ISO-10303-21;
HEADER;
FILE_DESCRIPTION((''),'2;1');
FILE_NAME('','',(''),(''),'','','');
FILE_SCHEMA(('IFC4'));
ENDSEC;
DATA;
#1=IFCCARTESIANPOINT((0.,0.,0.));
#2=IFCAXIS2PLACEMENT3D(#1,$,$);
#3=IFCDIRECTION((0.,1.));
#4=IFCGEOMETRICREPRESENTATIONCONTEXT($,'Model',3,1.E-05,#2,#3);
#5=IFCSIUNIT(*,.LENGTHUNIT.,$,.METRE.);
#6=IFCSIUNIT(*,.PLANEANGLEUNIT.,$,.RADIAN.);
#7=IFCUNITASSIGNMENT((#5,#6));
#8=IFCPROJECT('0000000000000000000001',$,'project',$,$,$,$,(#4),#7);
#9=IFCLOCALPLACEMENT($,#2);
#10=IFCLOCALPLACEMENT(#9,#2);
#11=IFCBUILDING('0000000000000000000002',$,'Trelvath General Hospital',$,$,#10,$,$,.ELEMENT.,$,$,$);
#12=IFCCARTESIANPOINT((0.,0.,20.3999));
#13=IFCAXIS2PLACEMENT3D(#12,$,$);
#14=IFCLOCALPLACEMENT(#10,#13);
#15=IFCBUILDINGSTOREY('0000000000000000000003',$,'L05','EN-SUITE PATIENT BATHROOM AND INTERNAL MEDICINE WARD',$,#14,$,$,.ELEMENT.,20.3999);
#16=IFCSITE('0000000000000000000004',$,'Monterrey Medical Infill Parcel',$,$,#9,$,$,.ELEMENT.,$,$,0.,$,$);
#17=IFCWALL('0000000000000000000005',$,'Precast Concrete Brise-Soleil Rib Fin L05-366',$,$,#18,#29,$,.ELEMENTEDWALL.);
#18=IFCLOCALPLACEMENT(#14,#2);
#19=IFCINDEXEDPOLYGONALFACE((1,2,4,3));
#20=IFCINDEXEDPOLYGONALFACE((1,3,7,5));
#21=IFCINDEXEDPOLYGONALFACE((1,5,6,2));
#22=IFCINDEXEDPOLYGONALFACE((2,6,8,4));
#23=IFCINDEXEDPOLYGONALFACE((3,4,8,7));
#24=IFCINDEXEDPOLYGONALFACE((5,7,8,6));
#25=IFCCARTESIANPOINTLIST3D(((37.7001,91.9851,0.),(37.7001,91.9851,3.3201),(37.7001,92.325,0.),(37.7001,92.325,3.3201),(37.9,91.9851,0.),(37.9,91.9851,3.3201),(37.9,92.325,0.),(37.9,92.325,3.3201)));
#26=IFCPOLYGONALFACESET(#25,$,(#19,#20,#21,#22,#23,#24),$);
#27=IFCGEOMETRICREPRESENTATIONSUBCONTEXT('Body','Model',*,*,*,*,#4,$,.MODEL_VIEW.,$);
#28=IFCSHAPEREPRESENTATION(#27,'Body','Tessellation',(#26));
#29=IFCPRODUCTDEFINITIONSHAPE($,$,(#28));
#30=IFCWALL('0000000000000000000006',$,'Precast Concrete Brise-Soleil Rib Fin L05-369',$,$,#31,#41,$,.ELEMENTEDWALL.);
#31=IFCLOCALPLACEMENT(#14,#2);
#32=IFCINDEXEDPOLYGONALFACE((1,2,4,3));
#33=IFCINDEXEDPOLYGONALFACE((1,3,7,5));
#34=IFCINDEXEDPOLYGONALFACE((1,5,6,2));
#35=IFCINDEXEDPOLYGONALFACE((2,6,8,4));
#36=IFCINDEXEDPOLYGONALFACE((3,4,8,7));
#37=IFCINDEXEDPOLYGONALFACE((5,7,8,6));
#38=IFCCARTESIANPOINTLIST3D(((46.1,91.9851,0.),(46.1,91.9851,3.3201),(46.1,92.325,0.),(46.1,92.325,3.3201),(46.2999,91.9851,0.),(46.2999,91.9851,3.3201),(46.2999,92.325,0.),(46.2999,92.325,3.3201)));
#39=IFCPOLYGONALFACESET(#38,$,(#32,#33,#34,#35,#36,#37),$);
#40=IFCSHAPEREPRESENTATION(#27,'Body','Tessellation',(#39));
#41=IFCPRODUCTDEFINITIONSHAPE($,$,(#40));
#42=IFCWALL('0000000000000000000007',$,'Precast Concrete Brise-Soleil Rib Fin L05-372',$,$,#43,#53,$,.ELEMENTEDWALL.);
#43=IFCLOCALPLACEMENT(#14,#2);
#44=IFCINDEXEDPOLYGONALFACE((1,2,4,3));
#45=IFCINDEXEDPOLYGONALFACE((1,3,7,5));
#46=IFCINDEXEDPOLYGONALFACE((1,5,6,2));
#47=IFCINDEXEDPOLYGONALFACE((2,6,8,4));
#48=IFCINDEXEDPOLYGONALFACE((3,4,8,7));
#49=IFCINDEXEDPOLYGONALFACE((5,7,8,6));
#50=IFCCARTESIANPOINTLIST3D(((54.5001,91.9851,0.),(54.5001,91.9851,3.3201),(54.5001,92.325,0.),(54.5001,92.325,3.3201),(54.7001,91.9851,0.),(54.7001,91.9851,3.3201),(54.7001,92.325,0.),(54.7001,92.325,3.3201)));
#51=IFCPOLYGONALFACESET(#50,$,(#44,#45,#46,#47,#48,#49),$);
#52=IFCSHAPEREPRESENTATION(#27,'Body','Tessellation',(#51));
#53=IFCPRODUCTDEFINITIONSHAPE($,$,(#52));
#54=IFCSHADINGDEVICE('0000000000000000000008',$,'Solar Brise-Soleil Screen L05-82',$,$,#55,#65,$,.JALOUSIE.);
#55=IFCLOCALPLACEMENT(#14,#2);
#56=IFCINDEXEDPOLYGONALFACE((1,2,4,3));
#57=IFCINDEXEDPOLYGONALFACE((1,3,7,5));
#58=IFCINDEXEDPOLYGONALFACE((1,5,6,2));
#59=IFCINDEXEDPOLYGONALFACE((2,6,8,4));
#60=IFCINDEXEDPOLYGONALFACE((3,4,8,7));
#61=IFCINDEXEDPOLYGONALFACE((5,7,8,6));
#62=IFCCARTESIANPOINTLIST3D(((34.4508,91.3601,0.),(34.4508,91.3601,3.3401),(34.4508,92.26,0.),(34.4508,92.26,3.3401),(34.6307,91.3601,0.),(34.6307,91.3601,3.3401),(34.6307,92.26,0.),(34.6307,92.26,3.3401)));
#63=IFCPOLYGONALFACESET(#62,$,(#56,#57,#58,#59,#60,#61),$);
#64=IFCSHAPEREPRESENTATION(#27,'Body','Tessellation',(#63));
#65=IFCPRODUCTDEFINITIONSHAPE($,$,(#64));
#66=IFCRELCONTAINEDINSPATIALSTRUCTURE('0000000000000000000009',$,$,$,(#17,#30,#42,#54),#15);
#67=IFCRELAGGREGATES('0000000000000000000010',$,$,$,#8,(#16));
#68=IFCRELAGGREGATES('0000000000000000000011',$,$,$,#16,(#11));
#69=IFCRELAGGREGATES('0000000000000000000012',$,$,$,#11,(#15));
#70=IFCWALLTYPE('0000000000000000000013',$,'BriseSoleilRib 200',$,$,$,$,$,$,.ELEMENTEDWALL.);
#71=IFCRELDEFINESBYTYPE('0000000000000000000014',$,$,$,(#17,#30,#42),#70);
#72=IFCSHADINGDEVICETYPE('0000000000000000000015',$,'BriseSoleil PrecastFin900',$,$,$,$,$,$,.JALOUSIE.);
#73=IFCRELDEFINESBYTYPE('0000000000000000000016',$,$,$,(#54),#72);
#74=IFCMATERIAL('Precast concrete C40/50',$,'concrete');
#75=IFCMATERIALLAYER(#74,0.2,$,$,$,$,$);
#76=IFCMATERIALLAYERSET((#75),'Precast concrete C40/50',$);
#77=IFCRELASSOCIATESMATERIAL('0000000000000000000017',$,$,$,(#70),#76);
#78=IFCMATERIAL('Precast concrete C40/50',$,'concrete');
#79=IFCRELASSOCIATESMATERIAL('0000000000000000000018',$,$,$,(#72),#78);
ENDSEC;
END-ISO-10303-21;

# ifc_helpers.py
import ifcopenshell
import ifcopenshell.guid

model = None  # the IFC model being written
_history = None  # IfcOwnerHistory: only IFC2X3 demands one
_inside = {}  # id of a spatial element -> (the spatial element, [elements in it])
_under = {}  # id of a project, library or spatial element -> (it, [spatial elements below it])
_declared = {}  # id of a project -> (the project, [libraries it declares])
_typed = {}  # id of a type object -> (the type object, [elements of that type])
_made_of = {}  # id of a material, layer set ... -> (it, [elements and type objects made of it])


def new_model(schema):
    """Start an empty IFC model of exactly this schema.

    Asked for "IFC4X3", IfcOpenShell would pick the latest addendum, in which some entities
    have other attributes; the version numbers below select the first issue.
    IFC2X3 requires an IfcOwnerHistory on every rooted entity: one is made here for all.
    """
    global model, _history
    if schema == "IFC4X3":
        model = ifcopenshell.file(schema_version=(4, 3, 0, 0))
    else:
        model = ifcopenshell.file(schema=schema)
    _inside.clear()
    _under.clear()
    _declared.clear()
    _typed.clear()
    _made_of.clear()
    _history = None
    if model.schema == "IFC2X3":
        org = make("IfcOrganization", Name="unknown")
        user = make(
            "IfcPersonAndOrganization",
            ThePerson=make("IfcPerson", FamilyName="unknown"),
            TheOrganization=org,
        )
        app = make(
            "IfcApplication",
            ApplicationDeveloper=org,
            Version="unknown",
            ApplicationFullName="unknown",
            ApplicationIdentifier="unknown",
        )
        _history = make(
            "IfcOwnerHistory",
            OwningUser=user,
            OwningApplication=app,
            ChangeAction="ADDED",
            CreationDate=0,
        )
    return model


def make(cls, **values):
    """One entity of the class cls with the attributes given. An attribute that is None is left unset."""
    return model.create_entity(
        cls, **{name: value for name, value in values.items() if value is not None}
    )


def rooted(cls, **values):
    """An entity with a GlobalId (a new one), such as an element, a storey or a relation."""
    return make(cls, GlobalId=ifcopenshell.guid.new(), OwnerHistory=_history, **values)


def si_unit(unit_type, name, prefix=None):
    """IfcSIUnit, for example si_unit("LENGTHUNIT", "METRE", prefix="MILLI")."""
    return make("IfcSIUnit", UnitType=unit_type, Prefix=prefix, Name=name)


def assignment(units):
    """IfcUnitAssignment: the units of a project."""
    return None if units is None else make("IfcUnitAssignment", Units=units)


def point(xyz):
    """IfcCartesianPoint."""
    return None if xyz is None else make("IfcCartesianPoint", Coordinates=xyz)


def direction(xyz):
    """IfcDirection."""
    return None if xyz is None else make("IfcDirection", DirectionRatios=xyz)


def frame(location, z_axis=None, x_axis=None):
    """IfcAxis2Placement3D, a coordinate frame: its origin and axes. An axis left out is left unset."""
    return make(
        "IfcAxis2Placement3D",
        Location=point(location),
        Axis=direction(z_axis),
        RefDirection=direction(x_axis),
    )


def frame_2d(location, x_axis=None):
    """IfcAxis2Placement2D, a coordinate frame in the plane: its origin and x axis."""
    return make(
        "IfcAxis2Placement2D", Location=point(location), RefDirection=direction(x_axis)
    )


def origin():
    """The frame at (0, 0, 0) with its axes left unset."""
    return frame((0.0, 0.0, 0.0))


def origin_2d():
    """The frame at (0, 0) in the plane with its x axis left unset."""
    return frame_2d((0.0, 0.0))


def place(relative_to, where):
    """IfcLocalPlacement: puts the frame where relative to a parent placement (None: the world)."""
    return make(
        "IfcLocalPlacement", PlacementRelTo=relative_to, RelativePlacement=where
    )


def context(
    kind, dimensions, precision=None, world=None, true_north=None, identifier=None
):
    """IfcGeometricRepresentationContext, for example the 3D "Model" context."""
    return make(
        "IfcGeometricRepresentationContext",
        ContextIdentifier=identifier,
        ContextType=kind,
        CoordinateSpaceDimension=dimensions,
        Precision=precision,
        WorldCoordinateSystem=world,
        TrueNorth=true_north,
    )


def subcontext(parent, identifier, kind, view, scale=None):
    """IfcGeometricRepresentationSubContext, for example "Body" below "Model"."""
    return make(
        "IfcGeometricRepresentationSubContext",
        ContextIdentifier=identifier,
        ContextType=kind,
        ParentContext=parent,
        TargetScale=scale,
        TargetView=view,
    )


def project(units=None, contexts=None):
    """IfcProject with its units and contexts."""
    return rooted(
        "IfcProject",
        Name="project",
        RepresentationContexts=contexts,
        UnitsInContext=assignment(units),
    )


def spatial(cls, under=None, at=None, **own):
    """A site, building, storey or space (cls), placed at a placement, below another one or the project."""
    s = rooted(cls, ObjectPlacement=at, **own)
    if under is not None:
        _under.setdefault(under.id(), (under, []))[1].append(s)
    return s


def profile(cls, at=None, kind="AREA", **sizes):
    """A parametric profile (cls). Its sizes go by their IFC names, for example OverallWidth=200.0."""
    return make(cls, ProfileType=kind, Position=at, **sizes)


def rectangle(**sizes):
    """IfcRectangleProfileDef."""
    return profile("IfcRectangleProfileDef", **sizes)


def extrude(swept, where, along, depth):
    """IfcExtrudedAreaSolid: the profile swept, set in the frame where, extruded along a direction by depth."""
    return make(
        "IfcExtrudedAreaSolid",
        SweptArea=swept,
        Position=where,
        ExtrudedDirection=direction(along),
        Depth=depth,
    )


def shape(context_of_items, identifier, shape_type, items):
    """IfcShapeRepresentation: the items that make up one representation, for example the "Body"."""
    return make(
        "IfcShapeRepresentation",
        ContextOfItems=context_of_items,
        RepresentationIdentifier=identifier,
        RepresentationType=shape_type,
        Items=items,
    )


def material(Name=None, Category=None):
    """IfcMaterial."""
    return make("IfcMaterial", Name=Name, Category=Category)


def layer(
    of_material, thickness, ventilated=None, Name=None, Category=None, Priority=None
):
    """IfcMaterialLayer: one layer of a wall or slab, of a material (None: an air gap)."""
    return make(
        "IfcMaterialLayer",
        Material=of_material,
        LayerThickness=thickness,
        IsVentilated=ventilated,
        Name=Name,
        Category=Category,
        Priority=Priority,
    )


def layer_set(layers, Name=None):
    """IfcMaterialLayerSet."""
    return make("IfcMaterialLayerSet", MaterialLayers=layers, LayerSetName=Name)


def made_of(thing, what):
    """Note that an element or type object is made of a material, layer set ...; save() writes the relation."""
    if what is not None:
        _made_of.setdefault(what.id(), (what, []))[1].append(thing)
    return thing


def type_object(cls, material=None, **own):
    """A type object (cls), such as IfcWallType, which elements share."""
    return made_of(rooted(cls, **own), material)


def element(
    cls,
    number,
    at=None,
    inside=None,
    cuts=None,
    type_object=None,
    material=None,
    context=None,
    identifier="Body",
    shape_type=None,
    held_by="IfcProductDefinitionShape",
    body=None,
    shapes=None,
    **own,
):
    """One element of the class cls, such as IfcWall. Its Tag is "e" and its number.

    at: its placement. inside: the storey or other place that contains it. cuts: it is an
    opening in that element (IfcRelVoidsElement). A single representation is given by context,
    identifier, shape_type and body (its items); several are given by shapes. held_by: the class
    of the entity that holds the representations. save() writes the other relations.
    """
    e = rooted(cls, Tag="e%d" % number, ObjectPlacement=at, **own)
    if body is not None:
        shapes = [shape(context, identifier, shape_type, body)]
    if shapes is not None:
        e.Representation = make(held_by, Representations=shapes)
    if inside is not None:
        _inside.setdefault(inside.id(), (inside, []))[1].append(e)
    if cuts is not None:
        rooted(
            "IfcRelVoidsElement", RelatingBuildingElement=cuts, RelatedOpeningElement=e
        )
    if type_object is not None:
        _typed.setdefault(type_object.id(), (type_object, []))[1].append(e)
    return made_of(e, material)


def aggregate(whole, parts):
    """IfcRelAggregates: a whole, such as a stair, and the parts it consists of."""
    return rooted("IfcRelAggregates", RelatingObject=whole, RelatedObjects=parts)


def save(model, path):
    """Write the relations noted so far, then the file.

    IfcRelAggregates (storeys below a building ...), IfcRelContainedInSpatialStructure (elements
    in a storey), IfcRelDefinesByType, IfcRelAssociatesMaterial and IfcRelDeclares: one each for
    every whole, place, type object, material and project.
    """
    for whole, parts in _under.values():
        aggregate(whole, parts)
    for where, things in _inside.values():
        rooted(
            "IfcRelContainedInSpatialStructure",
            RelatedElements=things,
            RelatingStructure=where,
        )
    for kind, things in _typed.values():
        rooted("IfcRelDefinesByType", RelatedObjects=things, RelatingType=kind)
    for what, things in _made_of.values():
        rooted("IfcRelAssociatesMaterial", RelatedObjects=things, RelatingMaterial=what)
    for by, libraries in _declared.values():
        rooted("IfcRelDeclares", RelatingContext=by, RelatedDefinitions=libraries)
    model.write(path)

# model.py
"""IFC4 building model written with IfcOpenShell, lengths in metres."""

from ifc_helpers import new_model, si_unit, direction, frame, frame_2d, origin, origin_2d, place, context, subcontext, project, spatial, rectangle, extrude, material, layer, layer_set, type_object, element, save


model = new_model("IFC4")

# Units and contexts
model_context = context("Model", 3, precision=1e-05, world=origin(), true_north=direction((0.0, 1.0)))
body_context = subcontext(model_context, "Body", "Model", "MODEL_VIEW")
ifc_project = project(units=[si_unit("LENGTHUNIT", "METRE"), si_unit("PLANEANGLEUNIT", "RADIAN")], contexts=[model_context])

# Site, building, storey
site_placement = place(None, origin())
site = spatial("IfcSite", under=ifc_project, at=site_placement, Name="Monterrey Medical Infill Parcel", CompositionType="ELEMENT", RefElevation=0.0)
building_placement = place(site_placement, origin())
building = spatial("IfcBuilding", under=site, at=building_placement, Name="Trelvath General Hospital", CompositionType="ELEMENT")
storey_placement = place(building_placement, frame((0.0, 0.0, 20.3999)))
storey = spatial("IfcBuildingStorey", under=building, at=storey_placement, Name="L05", Description="EN-SUITE PATIENT BATHROOM AND INTERNAL MEDICINE WARD", CompositionType="ELEMENT", Elevation=20.3999)

# Walls
ifc_material_1 = material(Name="Precast concrete C40/50", Category="concrete")
ifc_layer_1 = layer(ifc_material_1, 0.2)
ifc_layer_set_1 = layer_set([ifc_layer_1], Name="Precast concrete C40/50")
wall_type = type_object("IfcWallType", Name="BriseSoleilRib 200", PredefinedType="ELEMENTEDWALL", material=ifc_layer_set_1)
for number, where, z_axis, x_axis, name in (
    (1, (37.8, 92.325, 0.0), (0.0, 0.0, 1.0), (0.0, -1.0, 0.0), "Precast Concrete Brise-Soleil Rib Fin L05-366"),
    (2, (46.2, 92.325, 0.0), (0.0, 0.0, 1.0), (0.0, -1.0, 0.0), "Precast Concrete Brise-Soleil Rib Fin L05-369"),
    (3, (54.6001, 92.325, 0.0), (0.0, 0.0, 1.0), (0.0, -1.0, 0.0), "Precast Concrete Brise-Soleil Rib Fin L05-372"),
):
    element("IfcWall", number, at=place(storey_placement, frame(where, z_axis=z_axis, x_axis=x_axis)), inside=storey, type_object=wall_type, Name=name, PredefinedType="ELEMENTEDWALL", context=body_context, shape_type="SweptSolid", body=[
        extrude(rectangle(XDim=0.3398, YDim=0.2, at=frame_2d((0.1699, 0.0))), origin(), (0.0, 0.0, 1.0), 3.3201),
    ])

# Shading device
ifc_material_2 = material(Name="Precast concrete C40/50", Category="concrete")
shading_device_type = type_object("IfcShadingDeviceType", Name="BriseSoleil PrecastFin900", PredefinedType="JALOUSIE", material=ifc_material_2)
shading_device_placement = place(storey_placement, frame((34.5408, 91.8101, 0.0), z_axis=(0.0, 0.0, 1.0), x_axis=(0.0, -1.0, 0.0)))
element("IfcShadingDevice", 4, at=shading_device_placement, inside=storey, type_object=shading_device_type, Name="Solar Brise-Soleil Screen L05-82", PredefinedType="JALOUSIE", context=body_context, shape_type="SweptSolid", body=[
    extrude(rectangle(XDim=0.8999, YDim=0.1799, at=origin_2d()), origin(), (0.0, 0.0, 1.0), 3.3401),
])

save(model, "model.ifc")
